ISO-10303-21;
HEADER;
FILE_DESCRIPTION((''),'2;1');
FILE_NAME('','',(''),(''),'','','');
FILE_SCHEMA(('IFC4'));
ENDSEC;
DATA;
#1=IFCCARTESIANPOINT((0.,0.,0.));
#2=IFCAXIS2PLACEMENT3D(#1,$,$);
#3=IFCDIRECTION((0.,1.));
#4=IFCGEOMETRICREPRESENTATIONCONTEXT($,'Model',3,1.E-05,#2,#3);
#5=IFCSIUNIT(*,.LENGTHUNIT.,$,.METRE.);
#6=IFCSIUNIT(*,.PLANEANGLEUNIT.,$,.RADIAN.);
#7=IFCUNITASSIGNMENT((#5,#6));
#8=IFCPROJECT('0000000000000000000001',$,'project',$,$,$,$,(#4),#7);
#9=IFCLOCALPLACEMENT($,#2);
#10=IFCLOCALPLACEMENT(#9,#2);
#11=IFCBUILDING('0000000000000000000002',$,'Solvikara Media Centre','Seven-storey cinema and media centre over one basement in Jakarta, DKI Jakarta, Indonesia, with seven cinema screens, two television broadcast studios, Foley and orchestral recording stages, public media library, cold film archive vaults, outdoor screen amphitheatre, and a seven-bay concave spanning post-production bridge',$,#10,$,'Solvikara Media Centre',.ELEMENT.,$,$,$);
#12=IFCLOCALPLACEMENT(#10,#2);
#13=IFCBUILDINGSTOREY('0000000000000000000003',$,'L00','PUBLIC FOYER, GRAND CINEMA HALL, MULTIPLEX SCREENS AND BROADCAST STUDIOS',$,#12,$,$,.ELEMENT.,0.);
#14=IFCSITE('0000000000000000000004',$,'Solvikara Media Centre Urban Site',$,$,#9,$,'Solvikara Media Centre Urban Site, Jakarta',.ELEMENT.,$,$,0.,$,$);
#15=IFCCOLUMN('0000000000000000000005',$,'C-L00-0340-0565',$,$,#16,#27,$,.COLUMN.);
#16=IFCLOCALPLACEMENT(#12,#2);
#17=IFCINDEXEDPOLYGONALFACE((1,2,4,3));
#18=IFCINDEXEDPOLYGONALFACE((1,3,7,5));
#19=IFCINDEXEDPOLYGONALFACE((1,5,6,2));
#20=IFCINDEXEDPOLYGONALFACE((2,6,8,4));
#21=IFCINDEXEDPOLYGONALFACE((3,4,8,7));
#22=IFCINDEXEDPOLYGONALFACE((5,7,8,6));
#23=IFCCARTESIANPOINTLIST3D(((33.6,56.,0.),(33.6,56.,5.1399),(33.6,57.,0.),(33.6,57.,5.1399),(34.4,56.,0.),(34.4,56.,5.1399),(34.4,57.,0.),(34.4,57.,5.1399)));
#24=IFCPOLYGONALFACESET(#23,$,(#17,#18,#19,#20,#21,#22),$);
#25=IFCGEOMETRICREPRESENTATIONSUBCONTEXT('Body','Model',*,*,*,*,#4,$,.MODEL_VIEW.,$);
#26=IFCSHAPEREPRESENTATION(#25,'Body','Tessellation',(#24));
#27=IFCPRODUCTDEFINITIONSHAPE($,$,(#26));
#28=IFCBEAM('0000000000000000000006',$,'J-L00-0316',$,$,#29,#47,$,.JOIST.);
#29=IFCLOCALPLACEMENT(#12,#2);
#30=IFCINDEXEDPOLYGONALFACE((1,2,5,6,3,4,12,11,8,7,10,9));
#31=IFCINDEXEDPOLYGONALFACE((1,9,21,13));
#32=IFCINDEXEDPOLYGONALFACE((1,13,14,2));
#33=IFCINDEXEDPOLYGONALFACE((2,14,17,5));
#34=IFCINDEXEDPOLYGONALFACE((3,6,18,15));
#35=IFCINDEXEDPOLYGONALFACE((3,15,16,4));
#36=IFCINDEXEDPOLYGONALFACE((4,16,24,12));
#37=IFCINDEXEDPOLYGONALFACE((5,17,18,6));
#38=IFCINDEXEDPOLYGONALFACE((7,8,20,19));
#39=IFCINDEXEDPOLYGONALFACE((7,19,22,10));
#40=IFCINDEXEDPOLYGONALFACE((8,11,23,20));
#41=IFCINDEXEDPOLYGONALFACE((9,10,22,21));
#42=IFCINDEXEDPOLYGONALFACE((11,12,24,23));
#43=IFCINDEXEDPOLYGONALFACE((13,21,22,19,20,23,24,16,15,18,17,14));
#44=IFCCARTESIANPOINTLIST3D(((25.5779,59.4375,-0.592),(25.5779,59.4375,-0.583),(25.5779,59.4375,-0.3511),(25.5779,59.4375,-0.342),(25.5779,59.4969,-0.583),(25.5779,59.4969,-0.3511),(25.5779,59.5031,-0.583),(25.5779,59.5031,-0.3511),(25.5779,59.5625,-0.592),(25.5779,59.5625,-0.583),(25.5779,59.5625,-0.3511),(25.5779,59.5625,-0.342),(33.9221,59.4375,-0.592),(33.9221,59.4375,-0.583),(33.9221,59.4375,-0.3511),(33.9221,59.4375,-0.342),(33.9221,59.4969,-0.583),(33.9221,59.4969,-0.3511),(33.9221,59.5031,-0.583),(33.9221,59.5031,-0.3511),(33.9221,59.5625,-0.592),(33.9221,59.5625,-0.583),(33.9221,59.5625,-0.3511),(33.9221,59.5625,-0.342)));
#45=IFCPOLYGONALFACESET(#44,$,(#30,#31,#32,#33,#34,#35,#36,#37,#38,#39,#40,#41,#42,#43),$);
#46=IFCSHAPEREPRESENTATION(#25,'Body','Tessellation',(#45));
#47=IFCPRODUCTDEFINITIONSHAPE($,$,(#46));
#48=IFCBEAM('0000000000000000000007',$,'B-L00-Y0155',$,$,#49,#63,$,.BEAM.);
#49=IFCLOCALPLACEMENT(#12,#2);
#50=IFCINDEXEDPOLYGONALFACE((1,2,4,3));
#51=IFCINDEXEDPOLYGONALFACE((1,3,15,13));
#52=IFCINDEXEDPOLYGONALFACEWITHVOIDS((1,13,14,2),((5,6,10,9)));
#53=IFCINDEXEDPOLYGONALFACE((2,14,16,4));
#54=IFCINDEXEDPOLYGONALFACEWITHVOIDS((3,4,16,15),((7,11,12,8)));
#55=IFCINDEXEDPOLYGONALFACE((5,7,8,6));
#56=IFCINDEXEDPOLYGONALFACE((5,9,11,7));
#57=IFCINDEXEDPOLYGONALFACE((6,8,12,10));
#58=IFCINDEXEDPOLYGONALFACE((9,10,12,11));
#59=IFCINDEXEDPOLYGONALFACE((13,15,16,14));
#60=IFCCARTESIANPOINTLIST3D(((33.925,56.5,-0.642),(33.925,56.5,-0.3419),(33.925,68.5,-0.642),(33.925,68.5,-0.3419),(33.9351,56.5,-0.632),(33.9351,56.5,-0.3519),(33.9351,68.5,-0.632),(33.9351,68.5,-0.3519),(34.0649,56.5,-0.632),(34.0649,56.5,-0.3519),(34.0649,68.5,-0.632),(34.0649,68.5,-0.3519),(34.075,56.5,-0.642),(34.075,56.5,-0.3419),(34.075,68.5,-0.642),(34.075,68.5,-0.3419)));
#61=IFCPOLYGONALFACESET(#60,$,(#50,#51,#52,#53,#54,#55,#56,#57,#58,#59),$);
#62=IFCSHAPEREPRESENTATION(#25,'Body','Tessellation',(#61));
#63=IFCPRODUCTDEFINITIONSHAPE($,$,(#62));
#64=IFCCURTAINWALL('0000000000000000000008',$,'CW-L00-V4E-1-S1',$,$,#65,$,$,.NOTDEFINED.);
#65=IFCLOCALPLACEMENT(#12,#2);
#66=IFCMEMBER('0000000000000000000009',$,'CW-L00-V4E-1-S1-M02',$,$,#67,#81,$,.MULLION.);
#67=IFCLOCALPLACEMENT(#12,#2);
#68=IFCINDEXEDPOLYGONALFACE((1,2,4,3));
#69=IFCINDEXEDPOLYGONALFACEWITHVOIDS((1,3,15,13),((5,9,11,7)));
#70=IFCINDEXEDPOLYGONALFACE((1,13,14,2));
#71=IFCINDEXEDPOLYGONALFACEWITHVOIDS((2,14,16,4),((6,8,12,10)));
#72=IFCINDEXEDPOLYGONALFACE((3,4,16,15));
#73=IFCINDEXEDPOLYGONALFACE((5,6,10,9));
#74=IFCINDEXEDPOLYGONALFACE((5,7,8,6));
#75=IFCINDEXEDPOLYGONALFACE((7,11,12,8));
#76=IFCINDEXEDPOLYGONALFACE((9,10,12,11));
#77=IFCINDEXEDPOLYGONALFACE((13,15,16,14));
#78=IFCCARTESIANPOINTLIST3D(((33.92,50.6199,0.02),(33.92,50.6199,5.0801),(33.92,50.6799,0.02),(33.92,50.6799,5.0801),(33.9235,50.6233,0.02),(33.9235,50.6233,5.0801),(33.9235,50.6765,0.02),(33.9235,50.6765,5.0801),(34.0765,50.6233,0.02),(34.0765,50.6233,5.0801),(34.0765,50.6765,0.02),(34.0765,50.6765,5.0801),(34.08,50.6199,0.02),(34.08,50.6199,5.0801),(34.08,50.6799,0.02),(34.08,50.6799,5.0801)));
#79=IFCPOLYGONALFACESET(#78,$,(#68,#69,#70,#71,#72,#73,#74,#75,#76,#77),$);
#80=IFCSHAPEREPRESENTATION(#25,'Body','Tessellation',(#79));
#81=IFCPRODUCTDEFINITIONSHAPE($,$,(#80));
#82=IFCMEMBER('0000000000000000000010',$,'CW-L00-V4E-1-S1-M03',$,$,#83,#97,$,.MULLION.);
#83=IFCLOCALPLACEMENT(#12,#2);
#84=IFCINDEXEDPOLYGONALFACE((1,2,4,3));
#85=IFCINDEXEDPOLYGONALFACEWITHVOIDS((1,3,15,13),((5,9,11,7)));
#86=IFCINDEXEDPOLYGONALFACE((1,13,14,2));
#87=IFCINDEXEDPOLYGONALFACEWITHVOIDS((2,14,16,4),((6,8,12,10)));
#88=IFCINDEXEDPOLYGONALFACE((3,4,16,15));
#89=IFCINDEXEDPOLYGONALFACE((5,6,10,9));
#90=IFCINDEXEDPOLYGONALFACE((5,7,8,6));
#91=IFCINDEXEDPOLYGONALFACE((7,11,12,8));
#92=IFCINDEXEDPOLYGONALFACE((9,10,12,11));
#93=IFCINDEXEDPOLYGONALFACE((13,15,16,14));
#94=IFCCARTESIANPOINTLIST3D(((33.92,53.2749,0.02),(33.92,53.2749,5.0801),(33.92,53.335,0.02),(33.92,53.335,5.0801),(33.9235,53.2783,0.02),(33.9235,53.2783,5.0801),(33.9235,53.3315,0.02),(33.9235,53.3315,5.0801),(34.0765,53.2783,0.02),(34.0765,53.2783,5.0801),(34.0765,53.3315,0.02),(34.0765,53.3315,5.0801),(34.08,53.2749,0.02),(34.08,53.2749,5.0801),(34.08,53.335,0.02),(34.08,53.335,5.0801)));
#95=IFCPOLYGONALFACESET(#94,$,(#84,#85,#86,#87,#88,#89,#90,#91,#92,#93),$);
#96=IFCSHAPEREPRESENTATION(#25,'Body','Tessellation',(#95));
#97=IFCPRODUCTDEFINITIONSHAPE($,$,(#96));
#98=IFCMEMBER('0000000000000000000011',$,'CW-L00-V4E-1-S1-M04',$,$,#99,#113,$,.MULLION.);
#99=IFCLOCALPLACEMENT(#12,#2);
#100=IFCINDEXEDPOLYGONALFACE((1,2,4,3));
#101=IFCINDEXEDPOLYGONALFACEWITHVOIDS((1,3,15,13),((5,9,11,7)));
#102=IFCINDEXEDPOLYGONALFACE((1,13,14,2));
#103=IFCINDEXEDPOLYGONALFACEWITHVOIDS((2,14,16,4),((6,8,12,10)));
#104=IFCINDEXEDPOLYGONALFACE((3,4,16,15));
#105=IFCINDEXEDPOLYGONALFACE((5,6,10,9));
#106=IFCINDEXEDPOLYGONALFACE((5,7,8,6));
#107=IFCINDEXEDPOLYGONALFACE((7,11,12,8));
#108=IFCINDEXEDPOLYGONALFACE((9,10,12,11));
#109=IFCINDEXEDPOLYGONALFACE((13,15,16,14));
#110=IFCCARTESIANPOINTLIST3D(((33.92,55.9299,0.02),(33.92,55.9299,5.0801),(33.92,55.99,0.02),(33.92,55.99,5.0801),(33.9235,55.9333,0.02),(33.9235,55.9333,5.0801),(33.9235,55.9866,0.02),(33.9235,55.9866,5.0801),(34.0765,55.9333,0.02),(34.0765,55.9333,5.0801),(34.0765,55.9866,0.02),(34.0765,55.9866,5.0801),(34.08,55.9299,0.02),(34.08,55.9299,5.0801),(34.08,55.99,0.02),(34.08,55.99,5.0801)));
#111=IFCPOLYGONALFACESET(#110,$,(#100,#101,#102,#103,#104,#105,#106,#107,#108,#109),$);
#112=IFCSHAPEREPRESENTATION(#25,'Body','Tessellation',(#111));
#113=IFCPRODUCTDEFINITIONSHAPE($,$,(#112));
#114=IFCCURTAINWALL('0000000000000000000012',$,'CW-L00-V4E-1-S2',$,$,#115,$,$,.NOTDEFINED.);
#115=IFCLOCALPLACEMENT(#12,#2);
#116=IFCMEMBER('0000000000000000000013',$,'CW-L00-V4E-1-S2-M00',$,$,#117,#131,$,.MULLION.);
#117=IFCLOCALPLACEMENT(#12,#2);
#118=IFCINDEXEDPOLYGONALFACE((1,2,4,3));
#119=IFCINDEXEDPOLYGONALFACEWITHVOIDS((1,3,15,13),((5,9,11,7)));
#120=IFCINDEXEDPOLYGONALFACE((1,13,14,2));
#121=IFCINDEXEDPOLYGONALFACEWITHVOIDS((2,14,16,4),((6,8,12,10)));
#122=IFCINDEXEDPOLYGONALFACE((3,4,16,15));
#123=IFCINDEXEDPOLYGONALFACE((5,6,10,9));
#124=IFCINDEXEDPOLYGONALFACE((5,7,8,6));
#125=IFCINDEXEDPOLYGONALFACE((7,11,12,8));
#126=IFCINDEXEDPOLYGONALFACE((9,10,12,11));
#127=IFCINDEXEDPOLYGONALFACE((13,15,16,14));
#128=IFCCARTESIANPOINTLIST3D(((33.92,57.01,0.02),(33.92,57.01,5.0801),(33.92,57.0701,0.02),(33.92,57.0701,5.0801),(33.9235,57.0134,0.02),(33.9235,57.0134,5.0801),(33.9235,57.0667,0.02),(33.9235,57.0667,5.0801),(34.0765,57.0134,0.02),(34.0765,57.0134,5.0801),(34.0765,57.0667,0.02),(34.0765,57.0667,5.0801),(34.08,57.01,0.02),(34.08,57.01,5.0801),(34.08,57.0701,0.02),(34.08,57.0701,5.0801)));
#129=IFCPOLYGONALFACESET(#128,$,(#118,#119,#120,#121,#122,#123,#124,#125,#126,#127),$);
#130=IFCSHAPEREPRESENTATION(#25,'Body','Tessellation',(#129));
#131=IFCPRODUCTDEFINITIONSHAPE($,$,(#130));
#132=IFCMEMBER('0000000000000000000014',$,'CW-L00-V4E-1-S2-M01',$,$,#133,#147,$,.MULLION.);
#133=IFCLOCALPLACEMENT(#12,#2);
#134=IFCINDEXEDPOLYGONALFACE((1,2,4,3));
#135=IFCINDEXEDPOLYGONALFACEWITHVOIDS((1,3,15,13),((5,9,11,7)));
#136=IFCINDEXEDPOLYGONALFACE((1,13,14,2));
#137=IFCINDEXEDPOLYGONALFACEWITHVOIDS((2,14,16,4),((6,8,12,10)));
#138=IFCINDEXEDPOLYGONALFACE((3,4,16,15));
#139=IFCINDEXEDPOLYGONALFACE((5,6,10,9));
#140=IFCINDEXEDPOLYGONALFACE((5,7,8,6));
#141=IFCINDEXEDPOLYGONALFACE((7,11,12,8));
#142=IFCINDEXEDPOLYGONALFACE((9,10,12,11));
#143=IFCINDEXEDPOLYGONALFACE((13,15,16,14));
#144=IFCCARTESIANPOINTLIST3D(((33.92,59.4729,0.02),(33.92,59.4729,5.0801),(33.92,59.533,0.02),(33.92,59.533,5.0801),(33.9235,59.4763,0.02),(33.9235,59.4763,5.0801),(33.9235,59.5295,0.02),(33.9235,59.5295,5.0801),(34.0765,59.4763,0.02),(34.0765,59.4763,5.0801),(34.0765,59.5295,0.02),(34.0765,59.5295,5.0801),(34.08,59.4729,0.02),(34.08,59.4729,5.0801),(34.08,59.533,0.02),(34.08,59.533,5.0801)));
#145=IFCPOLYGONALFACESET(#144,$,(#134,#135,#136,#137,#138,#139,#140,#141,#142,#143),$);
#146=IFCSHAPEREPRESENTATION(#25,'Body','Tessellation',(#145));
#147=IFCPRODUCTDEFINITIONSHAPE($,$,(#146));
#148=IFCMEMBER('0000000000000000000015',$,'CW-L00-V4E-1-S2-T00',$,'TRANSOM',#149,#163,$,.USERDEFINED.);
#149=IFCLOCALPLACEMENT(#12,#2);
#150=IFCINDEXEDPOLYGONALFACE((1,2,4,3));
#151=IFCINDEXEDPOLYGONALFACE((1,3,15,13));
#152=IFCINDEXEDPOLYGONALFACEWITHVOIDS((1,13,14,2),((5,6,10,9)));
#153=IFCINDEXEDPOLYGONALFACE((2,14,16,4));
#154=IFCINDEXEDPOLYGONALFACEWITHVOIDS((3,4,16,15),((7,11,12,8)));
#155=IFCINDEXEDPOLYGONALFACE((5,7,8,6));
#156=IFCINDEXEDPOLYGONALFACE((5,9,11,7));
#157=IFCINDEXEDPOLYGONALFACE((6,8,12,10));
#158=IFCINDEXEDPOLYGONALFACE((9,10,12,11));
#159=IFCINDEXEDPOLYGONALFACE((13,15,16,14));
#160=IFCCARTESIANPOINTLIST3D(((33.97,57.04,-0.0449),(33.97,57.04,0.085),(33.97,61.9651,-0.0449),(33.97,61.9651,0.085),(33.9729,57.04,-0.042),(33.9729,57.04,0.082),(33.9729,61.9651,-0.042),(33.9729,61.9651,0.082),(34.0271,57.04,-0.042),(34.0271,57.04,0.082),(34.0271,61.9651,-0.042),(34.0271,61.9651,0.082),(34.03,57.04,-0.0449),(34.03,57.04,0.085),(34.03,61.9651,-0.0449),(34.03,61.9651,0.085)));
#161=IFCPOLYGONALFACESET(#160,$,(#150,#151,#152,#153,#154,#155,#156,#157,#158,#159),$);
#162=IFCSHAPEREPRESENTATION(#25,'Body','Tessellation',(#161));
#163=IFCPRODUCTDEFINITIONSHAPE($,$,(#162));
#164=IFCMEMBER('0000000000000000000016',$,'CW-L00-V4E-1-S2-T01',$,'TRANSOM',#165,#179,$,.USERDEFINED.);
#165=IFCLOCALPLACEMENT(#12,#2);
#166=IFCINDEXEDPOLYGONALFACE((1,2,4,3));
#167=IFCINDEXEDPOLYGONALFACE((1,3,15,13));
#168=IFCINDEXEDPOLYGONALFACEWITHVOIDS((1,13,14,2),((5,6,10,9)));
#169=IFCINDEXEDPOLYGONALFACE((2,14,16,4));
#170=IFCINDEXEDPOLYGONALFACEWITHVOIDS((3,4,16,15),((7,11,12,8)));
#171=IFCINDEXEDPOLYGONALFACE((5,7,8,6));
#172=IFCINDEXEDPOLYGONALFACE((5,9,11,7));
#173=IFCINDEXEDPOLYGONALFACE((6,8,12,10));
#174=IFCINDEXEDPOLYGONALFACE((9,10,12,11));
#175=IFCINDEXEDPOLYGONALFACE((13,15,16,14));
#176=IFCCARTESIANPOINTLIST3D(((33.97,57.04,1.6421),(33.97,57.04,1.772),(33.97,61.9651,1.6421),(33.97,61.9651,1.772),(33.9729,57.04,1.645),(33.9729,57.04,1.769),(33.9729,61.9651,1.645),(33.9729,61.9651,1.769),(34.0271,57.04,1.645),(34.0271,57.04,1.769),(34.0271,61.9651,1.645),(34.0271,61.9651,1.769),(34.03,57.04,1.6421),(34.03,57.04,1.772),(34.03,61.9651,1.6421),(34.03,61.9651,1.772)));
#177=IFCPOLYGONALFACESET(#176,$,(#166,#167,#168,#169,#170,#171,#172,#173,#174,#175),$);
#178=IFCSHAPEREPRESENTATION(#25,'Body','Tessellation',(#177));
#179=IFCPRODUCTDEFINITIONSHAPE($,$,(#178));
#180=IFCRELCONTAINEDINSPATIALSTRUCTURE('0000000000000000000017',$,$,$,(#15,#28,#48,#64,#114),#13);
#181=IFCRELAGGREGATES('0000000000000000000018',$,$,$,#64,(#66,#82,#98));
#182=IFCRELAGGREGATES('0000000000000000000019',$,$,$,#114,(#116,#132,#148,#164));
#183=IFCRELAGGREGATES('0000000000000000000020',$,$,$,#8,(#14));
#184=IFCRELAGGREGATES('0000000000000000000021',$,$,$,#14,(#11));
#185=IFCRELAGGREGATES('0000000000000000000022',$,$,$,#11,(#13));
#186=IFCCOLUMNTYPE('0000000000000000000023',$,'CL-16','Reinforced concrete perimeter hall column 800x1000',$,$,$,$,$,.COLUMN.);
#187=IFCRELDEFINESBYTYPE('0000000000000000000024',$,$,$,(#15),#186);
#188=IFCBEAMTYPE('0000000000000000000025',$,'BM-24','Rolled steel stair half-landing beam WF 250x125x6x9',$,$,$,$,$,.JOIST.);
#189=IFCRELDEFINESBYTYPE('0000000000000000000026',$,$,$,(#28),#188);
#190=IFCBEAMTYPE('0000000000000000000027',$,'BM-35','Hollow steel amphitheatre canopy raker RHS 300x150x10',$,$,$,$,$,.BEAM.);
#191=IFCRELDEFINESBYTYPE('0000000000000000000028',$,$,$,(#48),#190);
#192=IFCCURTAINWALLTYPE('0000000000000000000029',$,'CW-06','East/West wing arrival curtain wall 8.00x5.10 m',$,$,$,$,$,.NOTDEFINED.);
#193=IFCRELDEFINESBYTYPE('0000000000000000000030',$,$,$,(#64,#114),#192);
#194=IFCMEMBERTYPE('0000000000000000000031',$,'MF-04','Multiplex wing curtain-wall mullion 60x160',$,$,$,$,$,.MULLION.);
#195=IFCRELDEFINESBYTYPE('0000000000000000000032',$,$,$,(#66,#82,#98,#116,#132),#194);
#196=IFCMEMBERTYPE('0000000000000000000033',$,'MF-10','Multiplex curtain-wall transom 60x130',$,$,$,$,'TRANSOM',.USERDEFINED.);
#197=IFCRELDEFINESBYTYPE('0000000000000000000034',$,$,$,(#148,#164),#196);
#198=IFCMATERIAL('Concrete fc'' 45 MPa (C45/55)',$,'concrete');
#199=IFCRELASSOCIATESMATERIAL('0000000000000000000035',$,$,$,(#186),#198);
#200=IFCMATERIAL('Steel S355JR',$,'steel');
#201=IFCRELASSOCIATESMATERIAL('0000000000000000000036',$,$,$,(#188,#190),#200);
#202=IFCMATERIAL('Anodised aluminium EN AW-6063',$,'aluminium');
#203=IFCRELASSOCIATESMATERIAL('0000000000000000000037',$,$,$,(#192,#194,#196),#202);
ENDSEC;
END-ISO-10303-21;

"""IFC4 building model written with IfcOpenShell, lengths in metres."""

from ifc_helpers import new_model, si_unit, direction, frame, origin, origin_2d, place, context, subcontext, project, spatial, rectangle, hollow_rectangle, i_section, extrude, material, material_profile, profile_set, type_object, element, aggregate, save


model = new_model("IFC4")

# Units and contexts
model_context = context("Model", 3, precision=1e-05, world=origin(), true_north=direction((0.0, 1.0)))
body_context = subcontext(model_context, "Body", "Model", "MODEL_VIEW")
ifc_project = project(units=[si_unit("LENGTHUNIT", "METRE"), si_unit("PLANEANGLEUNIT", "RADIAN")], contexts=[model_context])

# Site, building, storey
site_placement = place(None, origin())
site = spatial("IfcSite", under=ifc_project, at=site_placement, Name="Solvikara Media Centre Urban Site", LongName="Solvikara Media Centre Urban Site, Jakarta", CompositionType="ELEMENT", RefElevation=0.0)
building_placement = place(site_placement, origin())
building = spatial("IfcBuilding", under=site, at=building_placement, Name="Solvikara Media Centre", Description="Seven-storey cinema and media centre over one basement in Jakarta, DKI Jakarta, Indonesia, with seven cinema screens, two television broadcast studios, Foley and orchestral recording stages, public media library, cold film archive vaults, outdoor screen amphitheatre, and a seven-bay concave spanning post-production bridge", LongName="Solvikara Media Centre", CompositionType="ELEMENT")
storey_placement = place(building_placement, origin())
storey = spatial("IfcBuildingStorey", under=building, at=storey_placement, Name="L00", Description="PUBLIC FOYER, GRAND CINEMA HALL, MULTIPLEX SCREENS AND BROADCAST STUDIOS", CompositionType="ELEMENT", Elevation=0.0)

# Column
ifc_material_1 = material(Name="Concrete fc' 45 MPa (C45/55)", Category="concrete")
ifc_material_profile_1 = material_profile(ifc_material_1, rectangle(XDim=0.8, YDim=1.0, at=origin_2d()), Name="RC 800x1000")
ifc_profile_set_1 = profile_set([ifc_material_profile_1], Name="Concrete fc' 45 MPa (C45/55)")
column_type = type_object("IfcColumnType", Name="CL-16", Description="Reinforced concrete perimeter hall column 800x1000", PredefinedType="COLUMN", material=ifc_profile_set_1)
column_placement = place(storey_placement, frame((34.0, 56.5, 0.0), z_axis=(0.0, 0.0, 1.0), x_axis=(1.0, 0.0, 0.0)))
element("IfcColumn", 1, at=column_placement, inside=storey, type_object=column_type, Name="C-L00-0340-0565", PredefinedType="COLUMN", context=body_context, shape_type="SweptSolid", body=[
    extrude(rectangle(XDim=0.8, YDim=1.0, at=origin_2d()), origin(), (0.0, 0.0, 1.0), 5.1399),
])

# Beams
ifc_material_2 = material(Name="Steel S355JR", Category="steel")
ifc_material_profile_2 = material_profile(ifc_material_2, i_section(OverallWidth=0.125, OverallDepth=0.25, WebThickness=0.0061, FlangeThickness=0.009, at=origin_2d()), Name="WF 250x125x6x9")
ifc_profile_set_2 = profile_set([ifc_material_profile_2], Name="Steel S355JR")
beam_type_1 = type_object("IfcBeamType", Name="BM-24", Description="Rolled steel stair half-landing beam WF 250x125x6x9", PredefinedType="JOIST", material=ifc_profile_set_2)
beam_1_placement = place(storey_placement, frame((25.5779, 59.5, -0.467), z_axis=(1.0, 0.0, 0.0), x_axis=(0.0, 1.0, 0.0)))
element("IfcBeam", 2, at=beam_1_placement, inside=storey, type_object=beam_type_1, Name="J-L00-0316", PredefinedType="JOIST", context=body_context, shape_type="SweptSolid", body=[
    extrude(i_section(OverallWidth=0.125, OverallDepth=0.25, WebThickness=0.0061, FlangeThickness=0.009, at=origin_2d()), origin(), (0.0, 0.0, 1.0), 8.3442),
])
ifc_material_profile_3 = material_profile(ifc_material_2, hollow_rectangle(XDim=0.1499, YDim=0.3, WallThickness=0.01, at=origin_2d()), Name="RHS 300x150x10")
ifc_profile_set_3 = profile_set([ifc_material_profile_3], Name="Steel S355JR")
beam_type_2 = type_object("IfcBeamType", Name="BM-35", Description="Hollow steel amphitheatre canopy raker RHS 300x150x10", PredefinedType="BEAM", material=ifc_profile_set_3)
beam_2_placement = place(storey_placement, frame((34.0, 56.5, -0.4919), z_axis=(0.0, 1.0, 0.0), x_axis=(-1.0, 0.0, 0.0)))
element("IfcBeam", 3, at=beam_2_placement, inside=storey, type_object=beam_type_2, Name="B-L00-Y0155", PredefinedType="BEAM", context=body_context, shape_type="SweptSolid", body=[
    extrude(hollow_rectangle(XDim=0.1499, YDim=0.3, WallThickness=0.01, at=origin_2d()), origin(), (0.0, 0.0, 1.0), 12.0),
])

# Curtain walls, members
ifc_material_3 = material(Name="Anodised aluminium EN AW-6063", Category="aluminium")
curtain_wall_type = type_object("IfcCurtainWallType", Name="CW-06", Description="East/West wing arrival curtain wall 8.00x5.10 m", PredefinedType="NOTDEFINED", material=ifc_material_3)
curtain_wall_1_placement = place(storey_placement, origin())
curtain_wall_1 = element("IfcCurtainWall", 4, at=curtain_wall_1_placement, inside=storey, type_object=curtain_wall_type, Name="CW-L00-V4E-1-S1", PredefinedType="NOTDEFINED")
ifc_material_profile_4 = material_profile(ifc_material_3, hollow_rectangle(XDim=0.0601, YDim=0.1599, WallThickness=0.0034, at=origin_2d()), Name="ALU-M 60x160x3.5")
ifc_profile_set_4 = profile_set([ifc_material_profile_4], Name="Anodised aluminium EN AW-6063")
member_type_1 = type_object("IfcMemberType", Name="MF-04", Description="Multiplex wing curtain-wall mullion 60x160", PredefinedType="MULLION", material=ifc_profile_set_4)
member_1_placement = place(storey_placement, frame((34.0, 50.6499, 0.02), z_axis=(0.0, 0.0, 1.0), x_axis=(0.0, 1.0, 0.0)))
member_1 = element("IfcMember", 5, at=member_1_placement, type_object=member_type_1, Name="CW-L00-V4E-1-S1-M02", PredefinedType="MULLION", context=body_context, shape_type="SweptSolid", body=[
    extrude(hollow_rectangle(XDim=0.0601, YDim=0.1599, WallThickness=0.0034, at=origin_2d()), origin(), (0.0, 0.0, 1.0), 5.0601),
])
member_2_placement = place(storey_placement, frame((34.0, 53.3049, 0.02), z_axis=(0.0, 0.0, 1.0), x_axis=(0.0, 1.0, 0.0)))
member_2 = element("IfcMember", 6, at=member_2_placement, type_object=member_type_1, Name="CW-L00-V4E-1-S1-M03", PredefinedType="MULLION", context=body_context, shape_type="SweptSolid", body=[
    extrude(hollow_rectangle(XDim=0.0601, YDim=0.1599, WallThickness=0.0034, at=origin_2d()), origin(), (0.0, 0.0, 1.0), 5.0601),
])
member_3_placement = place(storey_placement, frame((34.0, 55.96, 0.02), z_axis=(0.0, 0.0, 1.0), x_axis=(0.0, 1.0, 0.0)))
member_3 = element("IfcMember", 7, at=member_3_placement, type_object=member_type_1, Name="CW-L00-V4E-1-S1-M04", PredefinedType="MULLION", context=body_context, shape_type="SweptSolid", body=[
    extrude(hollow_rectangle(XDim=0.0601, YDim=0.1599, WallThickness=0.0034, at=origin_2d()), origin(), (0.0, 0.0, 1.0), 5.0601),
])
curtain_wall_2_placement = place(storey_placement, origin())
curtain_wall_2 = element("IfcCurtainWall", 8, at=curtain_wall_2_placement, inside=storey, type_object=curtain_wall_type, Name="CW-L00-V4E-1-S2", PredefinedType="NOTDEFINED")
member_4_placement = place(storey_placement, frame((34.0, 57.04, 0.02), z_axis=(0.0, 0.0, 1.0), x_axis=(0.0, 1.0, 0.0)))
member_4 = element("IfcMember", 9, at=member_4_placement, type_object=member_type_1, Name="CW-L00-V4E-1-S2-M00", PredefinedType="MULLION", context=body_context, shape_type="SweptSolid", body=[
    extrude(hollow_rectangle(XDim=0.0601, YDim=0.1599, WallThickness=0.0034, at=origin_2d()), origin(), (0.0, 0.0, 1.0), 5.0601),
])
member_5_placement = place(storey_placement, frame((34.0, 59.5029, 0.02), z_axis=(0.0, 0.0, 1.0), x_axis=(0.0, 1.0, 0.0)))
member_5 = element("IfcMember", 10, at=member_5_placement, type_object=member_type_1, Name="CW-L00-V4E-1-S2-M01", PredefinedType="MULLION", context=body_context, shape_type="SweptSolid", body=[
    extrude(hollow_rectangle(XDim=0.0601, YDim=0.1599, WallThickness=0.0034, at=origin_2d()), origin(), (0.0, 0.0, 1.0), 5.0601),
])
ifc_material_profile_5 = material_profile(ifc_material_3, hollow_rectangle(XDim=0.0601, YDim=0.1299, WallThickness=0.0029, at=origin_2d()), Name="ALU-T 60x130x3")
ifc_profile_set_5 = profile_set([ifc_material_profile_5], Name="Anodised aluminium EN AW-6063")
member_type_2 = type_object("IfcMemberType", Name="MF-10", Description="Multiplex curtain-wall transom 60x130", ElementType="TRANSOM", PredefinedType="USERDEFINED", material=ifc_profile_set_5)
member_6_placement = place(storey_placement, frame((34.0, 57.04, 0.02), z_axis=(0.0, 1.0, 0.0), x_axis=(-1.0, 0.0, 0.0)))
member_6 = element("IfcMember", 11, at=member_6_placement, type_object=member_type_2, Name="CW-L00-V4E-1-S2-T00", ObjectType="TRANSOM", PredefinedType="USERDEFINED", context=body_context, shape_type="SweptSolid", body=[
    extrude(hollow_rectangle(XDim=0.0601, YDim=0.1299, WallThickness=0.0029, at=origin_2d()), origin(), (0.0, 0.0, 1.0), 4.925),
])
member_7_placement = place(storey_placement, frame((34.0, 57.04, 1.707), z_axis=(0.0, 1.0, 0.0), x_axis=(-1.0, 0.0, 0.0)))
member_7 = element("IfcMember", 12, at=member_7_placement, type_object=member_type_2, Name="CW-L00-V4E-1-S2-T01", ObjectType="TRANSOM", PredefinedType="USERDEFINED", context=body_context, shape_type="SweptSolid", body=[
    extrude(hollow_rectangle(XDim=0.0601, YDim=0.1299, WallThickness=0.0029, at=origin_2d()), origin(), (0.0, 0.0, 1.0), 4.925),
])

aggregate(curtain_wall_1, [member_1, member_2, member_3])
aggregate(curtain_wall_2, [member_4, member_5, member_6, member_7])

save(model, "model.ifc")
